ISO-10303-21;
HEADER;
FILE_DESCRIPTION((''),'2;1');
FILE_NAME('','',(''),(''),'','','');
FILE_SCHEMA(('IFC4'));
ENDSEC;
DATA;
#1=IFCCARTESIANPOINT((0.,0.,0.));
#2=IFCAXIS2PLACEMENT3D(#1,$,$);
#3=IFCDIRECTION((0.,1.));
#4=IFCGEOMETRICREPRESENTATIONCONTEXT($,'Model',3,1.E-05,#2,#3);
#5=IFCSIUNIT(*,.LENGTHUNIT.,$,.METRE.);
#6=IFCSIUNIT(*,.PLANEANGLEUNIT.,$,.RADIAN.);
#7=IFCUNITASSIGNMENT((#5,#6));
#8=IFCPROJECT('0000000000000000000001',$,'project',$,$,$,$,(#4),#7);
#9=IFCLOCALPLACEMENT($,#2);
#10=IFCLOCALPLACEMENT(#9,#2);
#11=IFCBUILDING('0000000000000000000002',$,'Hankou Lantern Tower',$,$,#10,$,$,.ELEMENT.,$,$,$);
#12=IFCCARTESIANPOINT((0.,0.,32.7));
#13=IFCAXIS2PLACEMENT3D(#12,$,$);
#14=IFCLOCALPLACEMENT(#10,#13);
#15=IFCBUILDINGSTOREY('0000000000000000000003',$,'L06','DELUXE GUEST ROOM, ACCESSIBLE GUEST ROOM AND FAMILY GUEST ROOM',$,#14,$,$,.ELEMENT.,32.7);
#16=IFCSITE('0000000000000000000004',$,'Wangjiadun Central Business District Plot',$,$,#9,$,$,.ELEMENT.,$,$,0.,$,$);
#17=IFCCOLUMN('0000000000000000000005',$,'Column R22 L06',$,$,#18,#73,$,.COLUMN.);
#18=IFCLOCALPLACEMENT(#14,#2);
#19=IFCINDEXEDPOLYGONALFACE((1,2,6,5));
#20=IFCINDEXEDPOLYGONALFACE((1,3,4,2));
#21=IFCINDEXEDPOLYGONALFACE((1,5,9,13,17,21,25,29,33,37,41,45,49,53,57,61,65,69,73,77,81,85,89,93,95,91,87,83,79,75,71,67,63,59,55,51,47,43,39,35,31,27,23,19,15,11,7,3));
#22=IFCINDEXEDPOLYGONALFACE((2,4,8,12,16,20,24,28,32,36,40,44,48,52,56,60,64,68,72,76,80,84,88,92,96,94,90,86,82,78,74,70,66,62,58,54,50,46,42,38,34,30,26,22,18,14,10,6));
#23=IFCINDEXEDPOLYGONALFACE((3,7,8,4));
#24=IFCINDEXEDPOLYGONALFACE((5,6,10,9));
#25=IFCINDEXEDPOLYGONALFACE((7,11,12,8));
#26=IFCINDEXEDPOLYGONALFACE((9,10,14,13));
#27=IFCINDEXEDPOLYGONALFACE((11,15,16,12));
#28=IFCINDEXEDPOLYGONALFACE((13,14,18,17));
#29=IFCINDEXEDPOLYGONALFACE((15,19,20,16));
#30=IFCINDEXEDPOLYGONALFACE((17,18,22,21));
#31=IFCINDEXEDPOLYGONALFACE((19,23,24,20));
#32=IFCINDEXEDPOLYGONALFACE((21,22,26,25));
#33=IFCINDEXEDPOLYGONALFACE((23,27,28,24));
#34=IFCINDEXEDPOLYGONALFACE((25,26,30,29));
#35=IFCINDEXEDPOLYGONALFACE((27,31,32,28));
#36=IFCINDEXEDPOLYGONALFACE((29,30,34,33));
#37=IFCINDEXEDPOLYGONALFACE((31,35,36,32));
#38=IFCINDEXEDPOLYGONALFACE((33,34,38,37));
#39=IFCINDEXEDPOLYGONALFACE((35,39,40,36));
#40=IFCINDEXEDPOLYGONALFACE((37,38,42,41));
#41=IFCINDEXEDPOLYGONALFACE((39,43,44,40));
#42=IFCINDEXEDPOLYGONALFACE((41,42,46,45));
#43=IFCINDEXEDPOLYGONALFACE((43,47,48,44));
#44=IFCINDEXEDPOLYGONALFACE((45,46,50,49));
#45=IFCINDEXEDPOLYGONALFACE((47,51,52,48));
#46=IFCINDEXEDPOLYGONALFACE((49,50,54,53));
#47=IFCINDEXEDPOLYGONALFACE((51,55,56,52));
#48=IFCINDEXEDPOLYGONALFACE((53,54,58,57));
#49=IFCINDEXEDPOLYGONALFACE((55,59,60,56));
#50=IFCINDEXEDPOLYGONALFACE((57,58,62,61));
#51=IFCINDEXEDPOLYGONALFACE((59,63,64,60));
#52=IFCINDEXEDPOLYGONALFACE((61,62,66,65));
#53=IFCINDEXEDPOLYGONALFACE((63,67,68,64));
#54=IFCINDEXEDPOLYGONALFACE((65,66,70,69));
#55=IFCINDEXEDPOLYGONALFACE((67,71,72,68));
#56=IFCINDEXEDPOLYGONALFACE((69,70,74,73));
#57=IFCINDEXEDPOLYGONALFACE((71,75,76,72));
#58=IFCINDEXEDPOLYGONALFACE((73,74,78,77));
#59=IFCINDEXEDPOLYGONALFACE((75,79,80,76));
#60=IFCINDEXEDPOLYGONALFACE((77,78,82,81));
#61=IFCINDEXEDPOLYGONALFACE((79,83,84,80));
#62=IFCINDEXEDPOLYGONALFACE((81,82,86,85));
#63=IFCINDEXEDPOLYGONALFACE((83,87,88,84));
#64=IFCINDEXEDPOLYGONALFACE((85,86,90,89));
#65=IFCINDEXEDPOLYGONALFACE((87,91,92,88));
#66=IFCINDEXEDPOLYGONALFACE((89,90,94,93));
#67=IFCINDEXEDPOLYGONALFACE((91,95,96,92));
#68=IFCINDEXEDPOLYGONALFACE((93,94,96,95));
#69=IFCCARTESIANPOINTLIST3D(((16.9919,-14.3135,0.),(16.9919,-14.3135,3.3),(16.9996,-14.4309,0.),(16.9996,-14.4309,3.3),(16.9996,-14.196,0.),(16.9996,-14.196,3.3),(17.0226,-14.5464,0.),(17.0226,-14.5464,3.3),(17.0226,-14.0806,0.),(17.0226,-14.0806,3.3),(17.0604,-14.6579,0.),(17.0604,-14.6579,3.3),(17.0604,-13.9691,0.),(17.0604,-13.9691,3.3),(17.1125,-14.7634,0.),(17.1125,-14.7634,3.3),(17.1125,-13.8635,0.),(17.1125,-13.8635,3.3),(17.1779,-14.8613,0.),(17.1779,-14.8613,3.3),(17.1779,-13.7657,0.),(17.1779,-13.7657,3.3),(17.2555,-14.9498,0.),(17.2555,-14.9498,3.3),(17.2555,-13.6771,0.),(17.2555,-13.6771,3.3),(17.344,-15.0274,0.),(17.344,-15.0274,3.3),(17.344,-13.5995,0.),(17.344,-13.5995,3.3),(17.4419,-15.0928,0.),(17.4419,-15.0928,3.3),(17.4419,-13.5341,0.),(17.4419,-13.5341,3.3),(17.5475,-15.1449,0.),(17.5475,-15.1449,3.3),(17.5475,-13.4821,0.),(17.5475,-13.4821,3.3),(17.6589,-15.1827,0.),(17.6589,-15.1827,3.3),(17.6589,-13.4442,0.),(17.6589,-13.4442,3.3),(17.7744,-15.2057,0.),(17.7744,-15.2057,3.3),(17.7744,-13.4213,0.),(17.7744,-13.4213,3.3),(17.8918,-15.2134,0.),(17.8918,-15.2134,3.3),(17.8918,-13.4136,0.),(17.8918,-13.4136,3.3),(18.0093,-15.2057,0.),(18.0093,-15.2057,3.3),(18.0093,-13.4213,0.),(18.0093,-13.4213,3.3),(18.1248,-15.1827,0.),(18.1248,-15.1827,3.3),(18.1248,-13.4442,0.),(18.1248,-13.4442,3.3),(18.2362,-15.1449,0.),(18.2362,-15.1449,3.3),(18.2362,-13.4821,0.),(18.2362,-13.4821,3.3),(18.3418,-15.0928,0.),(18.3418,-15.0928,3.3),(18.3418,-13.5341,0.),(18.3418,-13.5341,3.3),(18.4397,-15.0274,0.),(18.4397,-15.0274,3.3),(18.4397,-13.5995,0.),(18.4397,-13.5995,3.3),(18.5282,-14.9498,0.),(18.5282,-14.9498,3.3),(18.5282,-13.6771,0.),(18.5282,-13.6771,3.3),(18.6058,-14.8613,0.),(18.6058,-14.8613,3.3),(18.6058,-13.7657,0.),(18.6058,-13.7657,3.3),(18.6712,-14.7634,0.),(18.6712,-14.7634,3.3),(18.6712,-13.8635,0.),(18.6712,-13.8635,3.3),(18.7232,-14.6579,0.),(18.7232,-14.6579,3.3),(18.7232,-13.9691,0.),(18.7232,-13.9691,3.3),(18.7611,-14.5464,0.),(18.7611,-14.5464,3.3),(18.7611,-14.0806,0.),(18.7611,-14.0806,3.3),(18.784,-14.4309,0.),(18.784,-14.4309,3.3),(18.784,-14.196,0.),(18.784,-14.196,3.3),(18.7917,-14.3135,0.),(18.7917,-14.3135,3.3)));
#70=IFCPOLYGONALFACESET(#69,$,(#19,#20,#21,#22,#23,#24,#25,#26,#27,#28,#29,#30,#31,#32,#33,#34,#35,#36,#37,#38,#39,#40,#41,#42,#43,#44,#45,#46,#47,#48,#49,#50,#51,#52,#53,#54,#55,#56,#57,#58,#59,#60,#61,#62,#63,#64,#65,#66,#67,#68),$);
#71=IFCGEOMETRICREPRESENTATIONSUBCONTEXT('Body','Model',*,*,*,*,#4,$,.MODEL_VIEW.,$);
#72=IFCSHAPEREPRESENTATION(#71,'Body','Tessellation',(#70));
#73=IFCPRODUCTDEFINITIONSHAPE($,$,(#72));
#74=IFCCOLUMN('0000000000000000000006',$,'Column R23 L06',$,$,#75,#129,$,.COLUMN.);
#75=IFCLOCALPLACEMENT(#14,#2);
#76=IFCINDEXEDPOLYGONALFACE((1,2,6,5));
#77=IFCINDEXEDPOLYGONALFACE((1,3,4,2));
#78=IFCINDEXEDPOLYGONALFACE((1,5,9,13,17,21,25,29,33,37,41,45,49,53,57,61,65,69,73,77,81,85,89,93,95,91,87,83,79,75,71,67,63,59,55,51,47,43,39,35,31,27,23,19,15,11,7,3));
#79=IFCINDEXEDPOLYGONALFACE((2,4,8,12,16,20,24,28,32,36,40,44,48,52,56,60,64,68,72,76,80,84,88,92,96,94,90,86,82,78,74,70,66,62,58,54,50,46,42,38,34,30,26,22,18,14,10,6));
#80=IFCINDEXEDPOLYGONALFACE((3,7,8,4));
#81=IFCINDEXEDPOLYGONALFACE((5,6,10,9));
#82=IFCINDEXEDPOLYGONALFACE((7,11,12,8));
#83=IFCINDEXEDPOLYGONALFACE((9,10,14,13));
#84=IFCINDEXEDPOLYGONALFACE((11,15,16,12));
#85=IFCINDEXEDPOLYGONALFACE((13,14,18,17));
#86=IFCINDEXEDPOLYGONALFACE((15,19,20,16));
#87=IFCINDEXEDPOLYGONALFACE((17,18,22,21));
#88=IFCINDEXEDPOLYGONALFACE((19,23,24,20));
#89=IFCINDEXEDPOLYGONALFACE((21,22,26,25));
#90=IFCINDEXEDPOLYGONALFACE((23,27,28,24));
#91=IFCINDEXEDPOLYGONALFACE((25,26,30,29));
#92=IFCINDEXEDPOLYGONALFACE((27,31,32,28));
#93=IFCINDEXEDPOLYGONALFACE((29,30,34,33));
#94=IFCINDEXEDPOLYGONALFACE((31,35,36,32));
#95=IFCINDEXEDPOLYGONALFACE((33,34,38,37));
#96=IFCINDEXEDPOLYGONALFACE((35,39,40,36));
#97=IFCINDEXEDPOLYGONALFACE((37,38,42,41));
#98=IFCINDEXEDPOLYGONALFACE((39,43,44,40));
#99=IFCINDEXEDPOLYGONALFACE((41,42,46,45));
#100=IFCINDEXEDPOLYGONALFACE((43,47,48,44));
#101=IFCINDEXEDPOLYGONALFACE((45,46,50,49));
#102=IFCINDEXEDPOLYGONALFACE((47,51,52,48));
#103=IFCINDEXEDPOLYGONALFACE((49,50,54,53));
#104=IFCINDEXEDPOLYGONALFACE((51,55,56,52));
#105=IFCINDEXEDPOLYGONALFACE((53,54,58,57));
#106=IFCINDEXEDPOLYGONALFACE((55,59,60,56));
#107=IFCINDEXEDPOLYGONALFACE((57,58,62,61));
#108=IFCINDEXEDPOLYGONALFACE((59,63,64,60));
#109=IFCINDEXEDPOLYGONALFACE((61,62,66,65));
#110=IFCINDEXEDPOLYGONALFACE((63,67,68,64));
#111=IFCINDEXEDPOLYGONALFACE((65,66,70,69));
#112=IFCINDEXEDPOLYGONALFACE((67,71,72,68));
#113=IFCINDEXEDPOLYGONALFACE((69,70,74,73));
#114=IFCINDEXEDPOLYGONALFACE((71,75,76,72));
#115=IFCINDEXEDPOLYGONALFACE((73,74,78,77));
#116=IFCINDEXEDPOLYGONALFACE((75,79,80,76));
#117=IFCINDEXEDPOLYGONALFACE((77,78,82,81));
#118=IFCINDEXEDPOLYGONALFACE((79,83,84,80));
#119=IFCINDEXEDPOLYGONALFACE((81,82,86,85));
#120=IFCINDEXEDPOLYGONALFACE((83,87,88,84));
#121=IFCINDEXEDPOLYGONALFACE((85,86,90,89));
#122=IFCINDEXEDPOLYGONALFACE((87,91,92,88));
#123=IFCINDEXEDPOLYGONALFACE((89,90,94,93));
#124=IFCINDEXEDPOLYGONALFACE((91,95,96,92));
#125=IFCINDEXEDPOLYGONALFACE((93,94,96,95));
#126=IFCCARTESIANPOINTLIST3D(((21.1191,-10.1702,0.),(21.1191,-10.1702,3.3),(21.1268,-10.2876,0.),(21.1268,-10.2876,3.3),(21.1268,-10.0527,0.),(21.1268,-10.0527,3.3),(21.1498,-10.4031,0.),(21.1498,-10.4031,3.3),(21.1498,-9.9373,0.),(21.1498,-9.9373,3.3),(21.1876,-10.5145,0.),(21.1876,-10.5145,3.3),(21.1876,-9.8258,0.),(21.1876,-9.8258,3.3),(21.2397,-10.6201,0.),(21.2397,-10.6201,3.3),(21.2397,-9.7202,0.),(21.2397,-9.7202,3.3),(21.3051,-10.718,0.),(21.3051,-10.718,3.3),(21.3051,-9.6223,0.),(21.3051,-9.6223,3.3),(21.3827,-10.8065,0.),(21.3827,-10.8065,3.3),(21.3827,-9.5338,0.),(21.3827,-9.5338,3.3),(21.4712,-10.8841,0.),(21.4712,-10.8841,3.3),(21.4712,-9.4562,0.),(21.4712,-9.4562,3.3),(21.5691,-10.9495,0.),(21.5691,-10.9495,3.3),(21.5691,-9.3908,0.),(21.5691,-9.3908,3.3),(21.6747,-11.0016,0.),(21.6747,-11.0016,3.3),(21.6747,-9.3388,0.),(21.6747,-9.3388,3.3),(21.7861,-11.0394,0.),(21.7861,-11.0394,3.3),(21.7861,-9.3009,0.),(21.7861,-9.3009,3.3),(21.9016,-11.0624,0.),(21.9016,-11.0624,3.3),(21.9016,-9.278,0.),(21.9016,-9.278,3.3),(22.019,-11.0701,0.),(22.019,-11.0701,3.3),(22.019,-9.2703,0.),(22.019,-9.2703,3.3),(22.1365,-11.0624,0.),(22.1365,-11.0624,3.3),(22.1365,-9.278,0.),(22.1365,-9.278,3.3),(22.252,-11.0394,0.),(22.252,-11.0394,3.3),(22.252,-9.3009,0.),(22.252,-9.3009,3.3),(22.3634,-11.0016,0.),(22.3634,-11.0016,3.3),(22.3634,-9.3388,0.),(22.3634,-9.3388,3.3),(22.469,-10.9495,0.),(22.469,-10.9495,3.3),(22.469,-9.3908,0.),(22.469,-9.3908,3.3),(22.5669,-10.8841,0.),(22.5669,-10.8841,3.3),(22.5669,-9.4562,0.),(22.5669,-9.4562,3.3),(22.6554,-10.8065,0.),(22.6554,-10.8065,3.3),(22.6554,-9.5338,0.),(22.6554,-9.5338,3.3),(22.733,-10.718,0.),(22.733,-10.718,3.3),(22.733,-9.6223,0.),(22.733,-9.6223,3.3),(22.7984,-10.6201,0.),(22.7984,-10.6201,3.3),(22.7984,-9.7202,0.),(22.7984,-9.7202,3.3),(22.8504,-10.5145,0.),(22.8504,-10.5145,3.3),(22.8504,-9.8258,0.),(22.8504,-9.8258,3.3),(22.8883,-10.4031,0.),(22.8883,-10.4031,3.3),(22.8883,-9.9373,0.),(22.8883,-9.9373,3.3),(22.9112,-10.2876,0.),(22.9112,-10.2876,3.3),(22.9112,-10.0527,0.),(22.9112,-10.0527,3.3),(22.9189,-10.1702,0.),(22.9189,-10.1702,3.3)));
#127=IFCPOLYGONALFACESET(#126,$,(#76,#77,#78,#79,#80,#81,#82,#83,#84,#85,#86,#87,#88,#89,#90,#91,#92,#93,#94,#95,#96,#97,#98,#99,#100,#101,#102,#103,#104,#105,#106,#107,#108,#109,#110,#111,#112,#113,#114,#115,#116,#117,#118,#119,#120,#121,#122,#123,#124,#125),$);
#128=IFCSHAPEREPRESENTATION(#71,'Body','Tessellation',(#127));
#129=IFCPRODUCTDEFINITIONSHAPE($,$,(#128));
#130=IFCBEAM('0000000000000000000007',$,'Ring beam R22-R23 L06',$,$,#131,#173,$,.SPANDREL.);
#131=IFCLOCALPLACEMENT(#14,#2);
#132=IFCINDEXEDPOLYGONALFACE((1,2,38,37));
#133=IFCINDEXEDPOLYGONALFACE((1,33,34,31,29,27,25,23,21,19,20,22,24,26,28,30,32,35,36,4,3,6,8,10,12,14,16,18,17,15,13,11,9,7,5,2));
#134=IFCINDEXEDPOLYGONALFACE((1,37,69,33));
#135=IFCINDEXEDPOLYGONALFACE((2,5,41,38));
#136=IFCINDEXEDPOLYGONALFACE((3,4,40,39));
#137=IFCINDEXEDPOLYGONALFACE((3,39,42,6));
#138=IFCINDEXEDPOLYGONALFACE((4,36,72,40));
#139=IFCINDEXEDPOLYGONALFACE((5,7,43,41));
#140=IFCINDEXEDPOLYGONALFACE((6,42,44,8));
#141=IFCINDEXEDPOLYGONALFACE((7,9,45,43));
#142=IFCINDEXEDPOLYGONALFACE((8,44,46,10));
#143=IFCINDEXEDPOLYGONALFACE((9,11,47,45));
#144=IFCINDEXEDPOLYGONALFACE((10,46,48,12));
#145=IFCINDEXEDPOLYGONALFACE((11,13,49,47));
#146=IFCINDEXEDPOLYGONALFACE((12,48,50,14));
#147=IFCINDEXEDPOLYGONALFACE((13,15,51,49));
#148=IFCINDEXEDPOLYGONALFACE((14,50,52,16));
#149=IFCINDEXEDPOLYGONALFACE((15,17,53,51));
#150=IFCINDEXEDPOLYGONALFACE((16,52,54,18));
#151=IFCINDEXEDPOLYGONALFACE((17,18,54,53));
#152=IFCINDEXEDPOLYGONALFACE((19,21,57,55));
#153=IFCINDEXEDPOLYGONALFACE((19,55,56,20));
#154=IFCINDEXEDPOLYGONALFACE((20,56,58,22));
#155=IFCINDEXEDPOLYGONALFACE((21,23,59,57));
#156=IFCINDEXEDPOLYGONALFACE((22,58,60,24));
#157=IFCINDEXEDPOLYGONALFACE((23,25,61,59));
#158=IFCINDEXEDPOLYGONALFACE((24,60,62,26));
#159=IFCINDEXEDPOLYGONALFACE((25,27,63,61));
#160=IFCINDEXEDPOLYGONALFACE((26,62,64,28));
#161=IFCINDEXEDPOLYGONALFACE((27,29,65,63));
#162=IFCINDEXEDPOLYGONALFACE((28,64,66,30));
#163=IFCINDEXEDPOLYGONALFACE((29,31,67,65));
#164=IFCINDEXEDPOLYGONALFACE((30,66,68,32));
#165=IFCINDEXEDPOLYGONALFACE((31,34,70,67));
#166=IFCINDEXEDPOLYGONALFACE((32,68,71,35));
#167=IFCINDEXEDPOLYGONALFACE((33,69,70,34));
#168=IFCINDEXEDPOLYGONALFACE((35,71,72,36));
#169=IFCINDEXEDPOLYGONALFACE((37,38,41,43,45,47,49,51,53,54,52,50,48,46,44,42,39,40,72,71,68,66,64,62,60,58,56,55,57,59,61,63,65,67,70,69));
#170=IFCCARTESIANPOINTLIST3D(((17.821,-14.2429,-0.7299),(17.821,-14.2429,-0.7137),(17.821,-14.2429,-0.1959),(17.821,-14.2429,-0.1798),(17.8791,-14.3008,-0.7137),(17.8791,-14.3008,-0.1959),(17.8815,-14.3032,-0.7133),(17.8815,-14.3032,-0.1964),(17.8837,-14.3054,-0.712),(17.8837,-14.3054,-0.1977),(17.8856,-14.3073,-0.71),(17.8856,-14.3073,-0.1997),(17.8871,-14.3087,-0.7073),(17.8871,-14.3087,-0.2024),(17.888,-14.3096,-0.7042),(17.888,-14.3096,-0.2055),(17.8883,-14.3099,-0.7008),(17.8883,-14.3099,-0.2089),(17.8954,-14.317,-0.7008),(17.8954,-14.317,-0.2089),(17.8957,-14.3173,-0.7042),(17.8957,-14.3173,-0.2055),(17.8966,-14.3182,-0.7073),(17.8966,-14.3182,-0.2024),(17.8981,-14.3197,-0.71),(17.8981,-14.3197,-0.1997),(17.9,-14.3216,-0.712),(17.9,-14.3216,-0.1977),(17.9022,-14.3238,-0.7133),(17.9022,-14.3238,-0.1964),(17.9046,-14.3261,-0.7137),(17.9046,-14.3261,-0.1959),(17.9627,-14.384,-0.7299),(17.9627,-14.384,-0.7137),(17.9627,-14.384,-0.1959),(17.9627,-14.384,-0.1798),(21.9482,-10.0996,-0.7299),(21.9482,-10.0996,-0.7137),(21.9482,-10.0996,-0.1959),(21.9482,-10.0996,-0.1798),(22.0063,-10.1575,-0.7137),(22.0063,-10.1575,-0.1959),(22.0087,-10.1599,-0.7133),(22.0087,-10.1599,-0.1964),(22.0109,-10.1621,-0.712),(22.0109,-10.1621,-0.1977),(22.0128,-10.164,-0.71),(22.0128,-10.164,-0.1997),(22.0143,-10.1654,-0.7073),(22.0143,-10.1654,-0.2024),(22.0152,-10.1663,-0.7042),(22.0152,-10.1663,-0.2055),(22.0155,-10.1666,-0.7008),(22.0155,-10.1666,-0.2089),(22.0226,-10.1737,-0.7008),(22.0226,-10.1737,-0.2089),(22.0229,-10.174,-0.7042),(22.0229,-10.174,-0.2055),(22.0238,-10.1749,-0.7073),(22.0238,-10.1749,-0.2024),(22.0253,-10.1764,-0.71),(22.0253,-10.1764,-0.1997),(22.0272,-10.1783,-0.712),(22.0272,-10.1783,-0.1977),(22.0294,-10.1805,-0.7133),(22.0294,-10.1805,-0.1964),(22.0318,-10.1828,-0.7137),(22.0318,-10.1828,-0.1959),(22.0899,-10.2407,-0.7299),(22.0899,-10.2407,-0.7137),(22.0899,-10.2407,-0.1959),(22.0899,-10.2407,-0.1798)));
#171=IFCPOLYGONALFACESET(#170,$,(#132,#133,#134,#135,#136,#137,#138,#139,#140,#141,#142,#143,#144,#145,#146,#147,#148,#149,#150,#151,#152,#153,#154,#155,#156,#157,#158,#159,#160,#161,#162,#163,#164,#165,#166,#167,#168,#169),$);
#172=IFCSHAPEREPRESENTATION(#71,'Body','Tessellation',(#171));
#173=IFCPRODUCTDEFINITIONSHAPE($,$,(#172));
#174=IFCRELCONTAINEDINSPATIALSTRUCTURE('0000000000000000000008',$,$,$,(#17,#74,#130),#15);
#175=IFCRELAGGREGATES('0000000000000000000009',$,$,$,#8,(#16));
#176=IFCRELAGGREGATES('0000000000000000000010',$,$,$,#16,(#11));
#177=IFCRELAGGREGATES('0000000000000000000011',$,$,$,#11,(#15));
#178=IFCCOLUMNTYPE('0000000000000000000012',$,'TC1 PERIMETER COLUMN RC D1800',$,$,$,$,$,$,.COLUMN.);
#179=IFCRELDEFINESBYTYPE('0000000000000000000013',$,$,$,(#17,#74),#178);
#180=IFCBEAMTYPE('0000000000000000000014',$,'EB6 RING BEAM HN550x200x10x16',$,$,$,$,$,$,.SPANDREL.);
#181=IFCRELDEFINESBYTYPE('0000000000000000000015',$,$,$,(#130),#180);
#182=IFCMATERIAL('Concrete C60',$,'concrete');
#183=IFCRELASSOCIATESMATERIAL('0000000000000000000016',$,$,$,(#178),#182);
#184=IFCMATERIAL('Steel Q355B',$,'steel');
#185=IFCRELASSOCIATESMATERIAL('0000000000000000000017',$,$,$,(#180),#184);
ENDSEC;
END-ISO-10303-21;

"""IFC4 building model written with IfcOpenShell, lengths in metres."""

from ifc_helpers import new_model, si_unit, direction, frame, origin, origin_2d, place, context, subcontext, project, spatial, circle, i_section, extrude, material, material_profile, profile_set, type_object, element, save


model = new_model("IFC4")

# Units and contexts
model_context = context("Model", 3, precision=1e-05, world=origin(), true_north=direction((0.0, 1.0)))
body_context = subcontext(model_context, "Body", "Model", "MODEL_VIEW")
ifc_project = project(units=[si_unit("LENGTHUNIT", "METRE"), si_unit("PLANEANGLEUNIT", "RADIAN")], contexts=[model_context])

# Site, building, storey
site_placement = place(None, origin())
site = spatial("IfcSite", under=ifc_project, at=site_placement, Name="Wangjiadun Central Business District Plot", CompositionType="ELEMENT", RefElevation=0.0)
building_placement = place(site_placement, origin())
building = spatial("IfcBuilding", under=site, at=building_placement, Name="Hankou Lantern Tower", CompositionType="ELEMENT")
storey_placement = place(building_placement, frame((0.0, 0.0, 32.7)))
storey = spatial("IfcBuildingStorey", under=building, at=storey_placement, Name="L06", Description="DELUXE GUEST ROOM, ACCESSIBLE GUEST ROOM AND FAMILY GUEST ROOM", CompositionType="ELEMENT", Elevation=32.7)

# Columns
ifc_material_1 = material(Name="Concrete C60", Category="concrete")
ifc_material_profile_1 = material_profile(ifc_material_1, circle(Radius=0.8999, at=origin_2d()), Name="RC D1800")
ifc_profile_set_1 = profile_set([ifc_material_profile_1], Name="Concrete C60")
column_type = type_object("IfcColumnType", Name="TC1 PERIMETER COLUMN RC D1800", PredefinedType="COLUMN", material=ifc_profile_set_1)
for number, where, z_axis, x_axis, name in (
    (1, (17.8918, -14.3135, 0.0), (0.0, 0.0, 1.0), (1.0, 0.0, 0.0), "Column R22 L06"),
    (2, (22.019, -10.1702, 0.0), (0.0, 0.0, 1.0), (1.0, 0.0, 0.0), "Column R23 L06"),
):
    element("IfcColumn", number, at=place(storey_placement, frame(where, z_axis=z_axis, x_axis=x_axis)), inside=storey, type_object=column_type, Name=name, PredefinedType="COLUMN", context=body_context, shape_type="SweptSolid", body=[
        extrude(circle(Radius=0.8999, at=origin_2d()), origin(), (0.0, 0.0, 1.0), 3.3),
    ])

# Beam
ifc_material_2 = material(Name="Steel Q355B", Category="steel")
ifc_material_profile_2 = material_profile(ifc_material_2, i_section(OverallWidth=0.2, OverallDepth=0.55, WebThickness=0.01, FlangeThickness=0.0161, FilletRadius=0.0129, at=origin_2d()), Name="HN550x200x10x16")
ifc_profile_set_2 = profile_set([ifc_material_profile_2], Name="Steel Q355B")
beam_type = type_object("IfcBeamType", Name="EB6 RING BEAM HN550x200x10x16", PredefinedType="SPANDREL", material=ifc_profile_set_2)
beam_1_placement = place(storey_placement, frame((17.8918, -14.3135, -0.4548), z_axis=(0.705728, 0.708483, 0.0), x_axis=(-0.708483, 0.705728, 0.0)))
element("IfcBeam", 3, at=beam_1_placement, inside=storey, type_object=beam_type, Name="Ring beam R22-R23 L06", PredefinedType="SPANDREL", context=body_context, shape_type="SweptSolid", body=[
    extrude(i_section(OverallWidth=0.2, OverallDepth=0.55, WebThickness=0.01, FlangeThickness=0.0161, FilletRadius=0.0129, at=origin_2d()), origin(), (0.0, 0.0, 1.0), 5.8481),
])

save(model, "model.ifc")
